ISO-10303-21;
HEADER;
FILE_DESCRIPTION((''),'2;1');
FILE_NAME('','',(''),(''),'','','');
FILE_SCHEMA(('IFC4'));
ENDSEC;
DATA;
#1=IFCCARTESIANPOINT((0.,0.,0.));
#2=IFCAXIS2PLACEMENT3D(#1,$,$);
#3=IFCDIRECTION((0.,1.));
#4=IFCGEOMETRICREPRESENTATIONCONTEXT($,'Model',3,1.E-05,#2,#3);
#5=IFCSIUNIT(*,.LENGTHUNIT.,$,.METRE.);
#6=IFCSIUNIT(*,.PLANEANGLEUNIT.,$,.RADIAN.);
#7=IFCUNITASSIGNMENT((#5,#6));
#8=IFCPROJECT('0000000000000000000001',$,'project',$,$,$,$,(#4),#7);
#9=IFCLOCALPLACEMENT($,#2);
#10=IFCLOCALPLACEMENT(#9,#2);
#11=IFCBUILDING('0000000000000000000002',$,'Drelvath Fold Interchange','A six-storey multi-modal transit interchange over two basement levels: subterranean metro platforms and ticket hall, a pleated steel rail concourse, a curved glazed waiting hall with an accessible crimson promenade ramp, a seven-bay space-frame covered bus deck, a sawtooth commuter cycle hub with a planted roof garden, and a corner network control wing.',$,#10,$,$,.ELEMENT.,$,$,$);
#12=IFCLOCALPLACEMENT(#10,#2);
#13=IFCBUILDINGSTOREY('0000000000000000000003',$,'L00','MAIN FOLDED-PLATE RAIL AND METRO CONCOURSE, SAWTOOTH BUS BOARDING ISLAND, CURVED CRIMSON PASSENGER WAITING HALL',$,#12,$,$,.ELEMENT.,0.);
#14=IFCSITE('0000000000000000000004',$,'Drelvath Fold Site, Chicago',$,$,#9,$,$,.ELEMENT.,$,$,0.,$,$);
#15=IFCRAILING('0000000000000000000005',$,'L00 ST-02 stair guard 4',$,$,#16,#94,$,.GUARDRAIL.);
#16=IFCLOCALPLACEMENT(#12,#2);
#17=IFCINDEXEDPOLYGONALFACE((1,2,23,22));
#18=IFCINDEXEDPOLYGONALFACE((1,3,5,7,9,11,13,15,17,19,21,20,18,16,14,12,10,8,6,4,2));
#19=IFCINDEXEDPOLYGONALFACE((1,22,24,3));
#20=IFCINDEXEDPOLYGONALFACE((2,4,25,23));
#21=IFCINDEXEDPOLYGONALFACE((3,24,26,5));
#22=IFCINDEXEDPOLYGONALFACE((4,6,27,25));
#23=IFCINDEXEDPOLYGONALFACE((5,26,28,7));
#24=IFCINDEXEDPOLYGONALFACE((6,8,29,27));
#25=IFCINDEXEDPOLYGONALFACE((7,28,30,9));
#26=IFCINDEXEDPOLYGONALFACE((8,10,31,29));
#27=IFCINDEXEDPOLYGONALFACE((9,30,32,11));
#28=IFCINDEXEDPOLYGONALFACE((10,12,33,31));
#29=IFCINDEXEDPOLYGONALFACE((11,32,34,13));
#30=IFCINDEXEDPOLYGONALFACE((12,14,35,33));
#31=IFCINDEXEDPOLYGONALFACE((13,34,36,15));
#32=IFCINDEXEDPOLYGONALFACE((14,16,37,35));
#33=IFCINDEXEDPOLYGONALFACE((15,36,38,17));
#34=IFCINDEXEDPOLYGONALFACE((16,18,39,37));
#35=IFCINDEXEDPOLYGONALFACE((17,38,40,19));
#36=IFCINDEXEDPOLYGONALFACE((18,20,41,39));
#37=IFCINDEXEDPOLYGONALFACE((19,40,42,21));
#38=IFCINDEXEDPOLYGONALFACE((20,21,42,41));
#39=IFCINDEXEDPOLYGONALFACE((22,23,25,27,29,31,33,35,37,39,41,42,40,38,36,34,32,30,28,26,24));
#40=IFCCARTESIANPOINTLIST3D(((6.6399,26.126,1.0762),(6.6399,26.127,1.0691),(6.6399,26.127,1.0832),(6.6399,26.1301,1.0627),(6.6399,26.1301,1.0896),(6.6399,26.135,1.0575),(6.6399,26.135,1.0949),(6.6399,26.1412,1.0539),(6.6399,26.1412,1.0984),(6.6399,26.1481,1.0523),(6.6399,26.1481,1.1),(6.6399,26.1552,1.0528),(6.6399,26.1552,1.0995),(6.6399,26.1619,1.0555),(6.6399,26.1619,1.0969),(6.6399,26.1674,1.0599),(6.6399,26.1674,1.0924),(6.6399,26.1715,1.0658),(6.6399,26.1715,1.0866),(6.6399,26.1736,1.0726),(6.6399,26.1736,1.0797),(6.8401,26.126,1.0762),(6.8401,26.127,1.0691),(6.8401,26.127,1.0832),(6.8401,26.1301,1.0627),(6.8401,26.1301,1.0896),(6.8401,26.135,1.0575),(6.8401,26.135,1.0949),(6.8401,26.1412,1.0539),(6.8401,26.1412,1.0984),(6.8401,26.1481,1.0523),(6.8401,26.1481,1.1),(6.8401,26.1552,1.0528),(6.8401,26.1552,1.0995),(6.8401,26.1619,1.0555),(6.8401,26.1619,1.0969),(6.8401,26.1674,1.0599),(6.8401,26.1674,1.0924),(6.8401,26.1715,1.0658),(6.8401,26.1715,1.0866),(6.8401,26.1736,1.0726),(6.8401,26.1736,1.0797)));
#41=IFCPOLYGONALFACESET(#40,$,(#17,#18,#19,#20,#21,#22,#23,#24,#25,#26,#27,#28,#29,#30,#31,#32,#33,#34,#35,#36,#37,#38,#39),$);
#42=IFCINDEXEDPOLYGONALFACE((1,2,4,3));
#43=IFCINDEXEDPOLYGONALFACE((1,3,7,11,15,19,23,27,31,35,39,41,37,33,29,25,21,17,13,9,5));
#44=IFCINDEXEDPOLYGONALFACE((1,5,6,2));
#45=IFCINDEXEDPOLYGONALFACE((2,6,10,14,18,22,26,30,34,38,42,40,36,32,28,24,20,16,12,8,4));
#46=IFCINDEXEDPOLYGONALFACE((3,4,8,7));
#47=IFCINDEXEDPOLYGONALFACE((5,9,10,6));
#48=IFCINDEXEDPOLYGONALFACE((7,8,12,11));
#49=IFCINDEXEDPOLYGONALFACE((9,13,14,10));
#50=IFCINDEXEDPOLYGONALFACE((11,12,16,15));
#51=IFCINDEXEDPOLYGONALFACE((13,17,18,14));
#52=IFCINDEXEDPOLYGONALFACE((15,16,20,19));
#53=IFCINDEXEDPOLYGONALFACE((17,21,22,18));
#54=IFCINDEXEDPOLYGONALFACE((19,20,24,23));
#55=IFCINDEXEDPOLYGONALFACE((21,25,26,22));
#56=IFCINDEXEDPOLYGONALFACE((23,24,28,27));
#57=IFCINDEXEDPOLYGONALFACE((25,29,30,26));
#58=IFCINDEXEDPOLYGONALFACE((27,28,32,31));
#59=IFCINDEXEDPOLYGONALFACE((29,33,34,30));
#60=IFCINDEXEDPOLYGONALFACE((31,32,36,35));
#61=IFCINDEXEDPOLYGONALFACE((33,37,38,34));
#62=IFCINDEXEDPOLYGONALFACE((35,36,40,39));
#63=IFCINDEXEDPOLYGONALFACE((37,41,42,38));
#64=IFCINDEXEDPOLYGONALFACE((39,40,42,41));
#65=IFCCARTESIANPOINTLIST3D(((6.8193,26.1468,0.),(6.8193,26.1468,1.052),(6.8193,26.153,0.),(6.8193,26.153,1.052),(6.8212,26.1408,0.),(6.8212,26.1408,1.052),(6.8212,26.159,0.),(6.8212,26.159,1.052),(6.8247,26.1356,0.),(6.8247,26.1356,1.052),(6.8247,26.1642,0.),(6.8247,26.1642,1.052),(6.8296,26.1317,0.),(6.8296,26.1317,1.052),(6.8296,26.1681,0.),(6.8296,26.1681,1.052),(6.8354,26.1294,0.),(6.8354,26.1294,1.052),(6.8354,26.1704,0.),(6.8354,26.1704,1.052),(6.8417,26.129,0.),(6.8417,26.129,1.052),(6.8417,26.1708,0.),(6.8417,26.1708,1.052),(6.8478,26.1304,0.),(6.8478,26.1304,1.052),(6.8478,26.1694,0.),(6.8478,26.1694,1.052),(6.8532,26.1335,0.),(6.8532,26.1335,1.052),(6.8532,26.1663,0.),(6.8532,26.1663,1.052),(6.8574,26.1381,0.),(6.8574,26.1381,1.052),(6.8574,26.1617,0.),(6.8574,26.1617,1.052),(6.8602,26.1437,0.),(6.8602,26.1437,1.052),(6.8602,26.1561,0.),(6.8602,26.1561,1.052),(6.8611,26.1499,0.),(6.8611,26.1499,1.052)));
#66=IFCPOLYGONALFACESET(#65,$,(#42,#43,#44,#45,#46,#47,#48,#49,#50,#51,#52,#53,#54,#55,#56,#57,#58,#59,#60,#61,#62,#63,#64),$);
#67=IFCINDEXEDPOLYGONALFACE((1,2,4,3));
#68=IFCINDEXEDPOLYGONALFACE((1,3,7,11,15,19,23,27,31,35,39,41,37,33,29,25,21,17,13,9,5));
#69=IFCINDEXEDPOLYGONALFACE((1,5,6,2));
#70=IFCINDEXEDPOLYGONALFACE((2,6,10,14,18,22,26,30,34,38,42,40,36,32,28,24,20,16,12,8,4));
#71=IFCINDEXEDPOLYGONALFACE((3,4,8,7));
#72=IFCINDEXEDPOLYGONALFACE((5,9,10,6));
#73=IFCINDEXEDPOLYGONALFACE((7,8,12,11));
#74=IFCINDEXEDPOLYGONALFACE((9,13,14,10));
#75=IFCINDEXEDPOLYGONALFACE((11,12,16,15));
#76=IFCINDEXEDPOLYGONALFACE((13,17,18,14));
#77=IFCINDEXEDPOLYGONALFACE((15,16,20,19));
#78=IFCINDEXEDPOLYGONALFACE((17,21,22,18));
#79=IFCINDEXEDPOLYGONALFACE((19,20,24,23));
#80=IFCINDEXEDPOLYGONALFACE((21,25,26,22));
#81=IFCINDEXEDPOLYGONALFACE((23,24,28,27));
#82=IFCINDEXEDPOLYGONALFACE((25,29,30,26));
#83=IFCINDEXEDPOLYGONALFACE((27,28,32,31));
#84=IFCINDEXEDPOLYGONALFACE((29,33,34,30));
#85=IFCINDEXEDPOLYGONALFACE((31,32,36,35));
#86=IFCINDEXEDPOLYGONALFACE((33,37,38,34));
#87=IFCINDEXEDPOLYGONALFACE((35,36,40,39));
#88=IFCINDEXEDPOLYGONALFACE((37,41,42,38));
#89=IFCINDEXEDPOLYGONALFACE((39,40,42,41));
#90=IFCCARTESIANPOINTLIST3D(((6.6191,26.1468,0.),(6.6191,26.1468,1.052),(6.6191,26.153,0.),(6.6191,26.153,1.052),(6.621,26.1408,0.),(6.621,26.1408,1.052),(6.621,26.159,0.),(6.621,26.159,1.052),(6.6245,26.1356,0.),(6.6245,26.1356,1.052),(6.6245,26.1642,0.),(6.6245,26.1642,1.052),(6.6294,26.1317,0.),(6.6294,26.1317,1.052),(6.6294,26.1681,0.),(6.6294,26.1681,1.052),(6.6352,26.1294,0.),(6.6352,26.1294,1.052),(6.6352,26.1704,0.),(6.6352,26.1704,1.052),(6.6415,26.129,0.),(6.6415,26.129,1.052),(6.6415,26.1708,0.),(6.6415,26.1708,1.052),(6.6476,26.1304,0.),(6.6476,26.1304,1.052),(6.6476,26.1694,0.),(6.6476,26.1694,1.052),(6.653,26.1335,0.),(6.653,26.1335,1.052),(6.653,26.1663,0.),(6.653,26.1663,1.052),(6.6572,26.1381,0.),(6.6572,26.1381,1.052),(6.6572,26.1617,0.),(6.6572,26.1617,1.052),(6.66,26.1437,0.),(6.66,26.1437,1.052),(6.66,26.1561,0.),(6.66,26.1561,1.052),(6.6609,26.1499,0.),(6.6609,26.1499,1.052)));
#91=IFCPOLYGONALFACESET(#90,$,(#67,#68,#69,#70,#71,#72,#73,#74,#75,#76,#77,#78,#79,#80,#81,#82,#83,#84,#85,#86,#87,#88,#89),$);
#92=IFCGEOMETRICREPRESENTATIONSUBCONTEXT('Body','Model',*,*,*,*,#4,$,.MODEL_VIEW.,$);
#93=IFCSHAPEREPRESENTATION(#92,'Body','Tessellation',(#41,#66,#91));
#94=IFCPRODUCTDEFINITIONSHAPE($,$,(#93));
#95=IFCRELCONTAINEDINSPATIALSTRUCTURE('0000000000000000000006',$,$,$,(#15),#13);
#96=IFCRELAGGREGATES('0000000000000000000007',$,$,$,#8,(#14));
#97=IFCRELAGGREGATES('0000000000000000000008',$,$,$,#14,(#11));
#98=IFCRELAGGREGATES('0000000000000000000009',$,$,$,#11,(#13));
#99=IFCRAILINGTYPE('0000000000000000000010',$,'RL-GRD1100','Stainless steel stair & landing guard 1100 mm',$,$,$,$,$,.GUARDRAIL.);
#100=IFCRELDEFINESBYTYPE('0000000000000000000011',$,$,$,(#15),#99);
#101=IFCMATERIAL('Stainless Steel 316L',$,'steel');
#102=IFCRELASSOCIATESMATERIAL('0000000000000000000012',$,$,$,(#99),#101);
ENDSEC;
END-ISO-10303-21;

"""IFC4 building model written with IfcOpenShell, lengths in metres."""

from ifc_helpers import new_model, si_unit, direction, frame, origin, origin_2d, place, context, subcontext, project, spatial, circle, extrude, material, type_object, element, save


model = new_model("IFC4")

# Units and contexts
model_context = context("Model", 3, precision=1e-05, world=origin(), true_north=direction((0.0, 1.0)))
body_context = subcontext(model_context, "Body", "Model", "MODEL_VIEW")
ifc_project = project(units=[si_unit("LENGTHUNIT", "METRE"), si_unit("PLANEANGLEUNIT", "RADIAN")], contexts=[model_context])

# Site, building, storey
site_placement = place(None, origin())
site = spatial("IfcSite", under=ifc_project, at=site_placement, Name="Drelvath Fold Site, Chicago", CompositionType="ELEMENT", RefElevation=0.0)
building_placement = place(site_placement, origin())
building = spatial("IfcBuilding", under=site, at=building_placement, Name="Drelvath Fold Interchange", Description="A six-storey multi-modal transit interchange over two basement levels: subterranean metro platforms and ticket hall, a pleated steel rail concourse, a curved glazed waiting hall with an accessible crimson promenade ramp, a seven-bay space-frame covered bus deck, a sawtooth commuter cycle hub with a planted roof garden, and a corner network control wing.", CompositionType="ELEMENT")
storey_placement = place(building_placement, origin())
storey = spatial("IfcBuildingStorey", under=building, at=storey_placement, Name="L00", Description="MAIN FOLDED-PLATE RAIL AND METRO CONCOURSE, SAWTOOTH BUS BOARDING ISLAND, CURVED CRIMSON PASSENGER WAITING HALL", CompositionType="ELEMENT", Elevation=0.0)

# Railing
ifc_material_1 = material(Name="Stainless Steel 316L", Category="steel")
railing_type_1 = type_object("IfcRailingType", Name="RL-GRD1100", Description="Stainless steel stair & landing guard 1100 mm", PredefinedType="GUARDRAIL", material=ifc_material_1)
railing_1_placement = place(storey_placement, frame((6.8401, 26.1499, 0.0)))
element("IfcRailing", 1, at=railing_1_placement, inside=storey, type_object=railing_type_1, Name="L00 ST-02 stair guard 4", PredefinedType="GUARDRAIL", context=body_context, shape_type="SweptSolid", body=[
    extrude(circle(Radius=0.0239, at=origin_2d()), frame((0.0, 0.0, 1.0762), z_axis=(-1.0, 0.0, 0.0), x_axis=(0.0, -1.0, 0.0)), (0.0, 0.0, 1.0), 0.2002),
    extrude(circle(Radius=0.021, at=origin_2d()), origin(), (0.0, 0.0, 1.0), 1.052),
    extrude(circle(Radius=0.021, at=origin_2d()), frame((-0.2002, 0.0, 0.0)), (0.0, 0.0, 1.0), 1.052),
])

save(model, "model.ifc")
